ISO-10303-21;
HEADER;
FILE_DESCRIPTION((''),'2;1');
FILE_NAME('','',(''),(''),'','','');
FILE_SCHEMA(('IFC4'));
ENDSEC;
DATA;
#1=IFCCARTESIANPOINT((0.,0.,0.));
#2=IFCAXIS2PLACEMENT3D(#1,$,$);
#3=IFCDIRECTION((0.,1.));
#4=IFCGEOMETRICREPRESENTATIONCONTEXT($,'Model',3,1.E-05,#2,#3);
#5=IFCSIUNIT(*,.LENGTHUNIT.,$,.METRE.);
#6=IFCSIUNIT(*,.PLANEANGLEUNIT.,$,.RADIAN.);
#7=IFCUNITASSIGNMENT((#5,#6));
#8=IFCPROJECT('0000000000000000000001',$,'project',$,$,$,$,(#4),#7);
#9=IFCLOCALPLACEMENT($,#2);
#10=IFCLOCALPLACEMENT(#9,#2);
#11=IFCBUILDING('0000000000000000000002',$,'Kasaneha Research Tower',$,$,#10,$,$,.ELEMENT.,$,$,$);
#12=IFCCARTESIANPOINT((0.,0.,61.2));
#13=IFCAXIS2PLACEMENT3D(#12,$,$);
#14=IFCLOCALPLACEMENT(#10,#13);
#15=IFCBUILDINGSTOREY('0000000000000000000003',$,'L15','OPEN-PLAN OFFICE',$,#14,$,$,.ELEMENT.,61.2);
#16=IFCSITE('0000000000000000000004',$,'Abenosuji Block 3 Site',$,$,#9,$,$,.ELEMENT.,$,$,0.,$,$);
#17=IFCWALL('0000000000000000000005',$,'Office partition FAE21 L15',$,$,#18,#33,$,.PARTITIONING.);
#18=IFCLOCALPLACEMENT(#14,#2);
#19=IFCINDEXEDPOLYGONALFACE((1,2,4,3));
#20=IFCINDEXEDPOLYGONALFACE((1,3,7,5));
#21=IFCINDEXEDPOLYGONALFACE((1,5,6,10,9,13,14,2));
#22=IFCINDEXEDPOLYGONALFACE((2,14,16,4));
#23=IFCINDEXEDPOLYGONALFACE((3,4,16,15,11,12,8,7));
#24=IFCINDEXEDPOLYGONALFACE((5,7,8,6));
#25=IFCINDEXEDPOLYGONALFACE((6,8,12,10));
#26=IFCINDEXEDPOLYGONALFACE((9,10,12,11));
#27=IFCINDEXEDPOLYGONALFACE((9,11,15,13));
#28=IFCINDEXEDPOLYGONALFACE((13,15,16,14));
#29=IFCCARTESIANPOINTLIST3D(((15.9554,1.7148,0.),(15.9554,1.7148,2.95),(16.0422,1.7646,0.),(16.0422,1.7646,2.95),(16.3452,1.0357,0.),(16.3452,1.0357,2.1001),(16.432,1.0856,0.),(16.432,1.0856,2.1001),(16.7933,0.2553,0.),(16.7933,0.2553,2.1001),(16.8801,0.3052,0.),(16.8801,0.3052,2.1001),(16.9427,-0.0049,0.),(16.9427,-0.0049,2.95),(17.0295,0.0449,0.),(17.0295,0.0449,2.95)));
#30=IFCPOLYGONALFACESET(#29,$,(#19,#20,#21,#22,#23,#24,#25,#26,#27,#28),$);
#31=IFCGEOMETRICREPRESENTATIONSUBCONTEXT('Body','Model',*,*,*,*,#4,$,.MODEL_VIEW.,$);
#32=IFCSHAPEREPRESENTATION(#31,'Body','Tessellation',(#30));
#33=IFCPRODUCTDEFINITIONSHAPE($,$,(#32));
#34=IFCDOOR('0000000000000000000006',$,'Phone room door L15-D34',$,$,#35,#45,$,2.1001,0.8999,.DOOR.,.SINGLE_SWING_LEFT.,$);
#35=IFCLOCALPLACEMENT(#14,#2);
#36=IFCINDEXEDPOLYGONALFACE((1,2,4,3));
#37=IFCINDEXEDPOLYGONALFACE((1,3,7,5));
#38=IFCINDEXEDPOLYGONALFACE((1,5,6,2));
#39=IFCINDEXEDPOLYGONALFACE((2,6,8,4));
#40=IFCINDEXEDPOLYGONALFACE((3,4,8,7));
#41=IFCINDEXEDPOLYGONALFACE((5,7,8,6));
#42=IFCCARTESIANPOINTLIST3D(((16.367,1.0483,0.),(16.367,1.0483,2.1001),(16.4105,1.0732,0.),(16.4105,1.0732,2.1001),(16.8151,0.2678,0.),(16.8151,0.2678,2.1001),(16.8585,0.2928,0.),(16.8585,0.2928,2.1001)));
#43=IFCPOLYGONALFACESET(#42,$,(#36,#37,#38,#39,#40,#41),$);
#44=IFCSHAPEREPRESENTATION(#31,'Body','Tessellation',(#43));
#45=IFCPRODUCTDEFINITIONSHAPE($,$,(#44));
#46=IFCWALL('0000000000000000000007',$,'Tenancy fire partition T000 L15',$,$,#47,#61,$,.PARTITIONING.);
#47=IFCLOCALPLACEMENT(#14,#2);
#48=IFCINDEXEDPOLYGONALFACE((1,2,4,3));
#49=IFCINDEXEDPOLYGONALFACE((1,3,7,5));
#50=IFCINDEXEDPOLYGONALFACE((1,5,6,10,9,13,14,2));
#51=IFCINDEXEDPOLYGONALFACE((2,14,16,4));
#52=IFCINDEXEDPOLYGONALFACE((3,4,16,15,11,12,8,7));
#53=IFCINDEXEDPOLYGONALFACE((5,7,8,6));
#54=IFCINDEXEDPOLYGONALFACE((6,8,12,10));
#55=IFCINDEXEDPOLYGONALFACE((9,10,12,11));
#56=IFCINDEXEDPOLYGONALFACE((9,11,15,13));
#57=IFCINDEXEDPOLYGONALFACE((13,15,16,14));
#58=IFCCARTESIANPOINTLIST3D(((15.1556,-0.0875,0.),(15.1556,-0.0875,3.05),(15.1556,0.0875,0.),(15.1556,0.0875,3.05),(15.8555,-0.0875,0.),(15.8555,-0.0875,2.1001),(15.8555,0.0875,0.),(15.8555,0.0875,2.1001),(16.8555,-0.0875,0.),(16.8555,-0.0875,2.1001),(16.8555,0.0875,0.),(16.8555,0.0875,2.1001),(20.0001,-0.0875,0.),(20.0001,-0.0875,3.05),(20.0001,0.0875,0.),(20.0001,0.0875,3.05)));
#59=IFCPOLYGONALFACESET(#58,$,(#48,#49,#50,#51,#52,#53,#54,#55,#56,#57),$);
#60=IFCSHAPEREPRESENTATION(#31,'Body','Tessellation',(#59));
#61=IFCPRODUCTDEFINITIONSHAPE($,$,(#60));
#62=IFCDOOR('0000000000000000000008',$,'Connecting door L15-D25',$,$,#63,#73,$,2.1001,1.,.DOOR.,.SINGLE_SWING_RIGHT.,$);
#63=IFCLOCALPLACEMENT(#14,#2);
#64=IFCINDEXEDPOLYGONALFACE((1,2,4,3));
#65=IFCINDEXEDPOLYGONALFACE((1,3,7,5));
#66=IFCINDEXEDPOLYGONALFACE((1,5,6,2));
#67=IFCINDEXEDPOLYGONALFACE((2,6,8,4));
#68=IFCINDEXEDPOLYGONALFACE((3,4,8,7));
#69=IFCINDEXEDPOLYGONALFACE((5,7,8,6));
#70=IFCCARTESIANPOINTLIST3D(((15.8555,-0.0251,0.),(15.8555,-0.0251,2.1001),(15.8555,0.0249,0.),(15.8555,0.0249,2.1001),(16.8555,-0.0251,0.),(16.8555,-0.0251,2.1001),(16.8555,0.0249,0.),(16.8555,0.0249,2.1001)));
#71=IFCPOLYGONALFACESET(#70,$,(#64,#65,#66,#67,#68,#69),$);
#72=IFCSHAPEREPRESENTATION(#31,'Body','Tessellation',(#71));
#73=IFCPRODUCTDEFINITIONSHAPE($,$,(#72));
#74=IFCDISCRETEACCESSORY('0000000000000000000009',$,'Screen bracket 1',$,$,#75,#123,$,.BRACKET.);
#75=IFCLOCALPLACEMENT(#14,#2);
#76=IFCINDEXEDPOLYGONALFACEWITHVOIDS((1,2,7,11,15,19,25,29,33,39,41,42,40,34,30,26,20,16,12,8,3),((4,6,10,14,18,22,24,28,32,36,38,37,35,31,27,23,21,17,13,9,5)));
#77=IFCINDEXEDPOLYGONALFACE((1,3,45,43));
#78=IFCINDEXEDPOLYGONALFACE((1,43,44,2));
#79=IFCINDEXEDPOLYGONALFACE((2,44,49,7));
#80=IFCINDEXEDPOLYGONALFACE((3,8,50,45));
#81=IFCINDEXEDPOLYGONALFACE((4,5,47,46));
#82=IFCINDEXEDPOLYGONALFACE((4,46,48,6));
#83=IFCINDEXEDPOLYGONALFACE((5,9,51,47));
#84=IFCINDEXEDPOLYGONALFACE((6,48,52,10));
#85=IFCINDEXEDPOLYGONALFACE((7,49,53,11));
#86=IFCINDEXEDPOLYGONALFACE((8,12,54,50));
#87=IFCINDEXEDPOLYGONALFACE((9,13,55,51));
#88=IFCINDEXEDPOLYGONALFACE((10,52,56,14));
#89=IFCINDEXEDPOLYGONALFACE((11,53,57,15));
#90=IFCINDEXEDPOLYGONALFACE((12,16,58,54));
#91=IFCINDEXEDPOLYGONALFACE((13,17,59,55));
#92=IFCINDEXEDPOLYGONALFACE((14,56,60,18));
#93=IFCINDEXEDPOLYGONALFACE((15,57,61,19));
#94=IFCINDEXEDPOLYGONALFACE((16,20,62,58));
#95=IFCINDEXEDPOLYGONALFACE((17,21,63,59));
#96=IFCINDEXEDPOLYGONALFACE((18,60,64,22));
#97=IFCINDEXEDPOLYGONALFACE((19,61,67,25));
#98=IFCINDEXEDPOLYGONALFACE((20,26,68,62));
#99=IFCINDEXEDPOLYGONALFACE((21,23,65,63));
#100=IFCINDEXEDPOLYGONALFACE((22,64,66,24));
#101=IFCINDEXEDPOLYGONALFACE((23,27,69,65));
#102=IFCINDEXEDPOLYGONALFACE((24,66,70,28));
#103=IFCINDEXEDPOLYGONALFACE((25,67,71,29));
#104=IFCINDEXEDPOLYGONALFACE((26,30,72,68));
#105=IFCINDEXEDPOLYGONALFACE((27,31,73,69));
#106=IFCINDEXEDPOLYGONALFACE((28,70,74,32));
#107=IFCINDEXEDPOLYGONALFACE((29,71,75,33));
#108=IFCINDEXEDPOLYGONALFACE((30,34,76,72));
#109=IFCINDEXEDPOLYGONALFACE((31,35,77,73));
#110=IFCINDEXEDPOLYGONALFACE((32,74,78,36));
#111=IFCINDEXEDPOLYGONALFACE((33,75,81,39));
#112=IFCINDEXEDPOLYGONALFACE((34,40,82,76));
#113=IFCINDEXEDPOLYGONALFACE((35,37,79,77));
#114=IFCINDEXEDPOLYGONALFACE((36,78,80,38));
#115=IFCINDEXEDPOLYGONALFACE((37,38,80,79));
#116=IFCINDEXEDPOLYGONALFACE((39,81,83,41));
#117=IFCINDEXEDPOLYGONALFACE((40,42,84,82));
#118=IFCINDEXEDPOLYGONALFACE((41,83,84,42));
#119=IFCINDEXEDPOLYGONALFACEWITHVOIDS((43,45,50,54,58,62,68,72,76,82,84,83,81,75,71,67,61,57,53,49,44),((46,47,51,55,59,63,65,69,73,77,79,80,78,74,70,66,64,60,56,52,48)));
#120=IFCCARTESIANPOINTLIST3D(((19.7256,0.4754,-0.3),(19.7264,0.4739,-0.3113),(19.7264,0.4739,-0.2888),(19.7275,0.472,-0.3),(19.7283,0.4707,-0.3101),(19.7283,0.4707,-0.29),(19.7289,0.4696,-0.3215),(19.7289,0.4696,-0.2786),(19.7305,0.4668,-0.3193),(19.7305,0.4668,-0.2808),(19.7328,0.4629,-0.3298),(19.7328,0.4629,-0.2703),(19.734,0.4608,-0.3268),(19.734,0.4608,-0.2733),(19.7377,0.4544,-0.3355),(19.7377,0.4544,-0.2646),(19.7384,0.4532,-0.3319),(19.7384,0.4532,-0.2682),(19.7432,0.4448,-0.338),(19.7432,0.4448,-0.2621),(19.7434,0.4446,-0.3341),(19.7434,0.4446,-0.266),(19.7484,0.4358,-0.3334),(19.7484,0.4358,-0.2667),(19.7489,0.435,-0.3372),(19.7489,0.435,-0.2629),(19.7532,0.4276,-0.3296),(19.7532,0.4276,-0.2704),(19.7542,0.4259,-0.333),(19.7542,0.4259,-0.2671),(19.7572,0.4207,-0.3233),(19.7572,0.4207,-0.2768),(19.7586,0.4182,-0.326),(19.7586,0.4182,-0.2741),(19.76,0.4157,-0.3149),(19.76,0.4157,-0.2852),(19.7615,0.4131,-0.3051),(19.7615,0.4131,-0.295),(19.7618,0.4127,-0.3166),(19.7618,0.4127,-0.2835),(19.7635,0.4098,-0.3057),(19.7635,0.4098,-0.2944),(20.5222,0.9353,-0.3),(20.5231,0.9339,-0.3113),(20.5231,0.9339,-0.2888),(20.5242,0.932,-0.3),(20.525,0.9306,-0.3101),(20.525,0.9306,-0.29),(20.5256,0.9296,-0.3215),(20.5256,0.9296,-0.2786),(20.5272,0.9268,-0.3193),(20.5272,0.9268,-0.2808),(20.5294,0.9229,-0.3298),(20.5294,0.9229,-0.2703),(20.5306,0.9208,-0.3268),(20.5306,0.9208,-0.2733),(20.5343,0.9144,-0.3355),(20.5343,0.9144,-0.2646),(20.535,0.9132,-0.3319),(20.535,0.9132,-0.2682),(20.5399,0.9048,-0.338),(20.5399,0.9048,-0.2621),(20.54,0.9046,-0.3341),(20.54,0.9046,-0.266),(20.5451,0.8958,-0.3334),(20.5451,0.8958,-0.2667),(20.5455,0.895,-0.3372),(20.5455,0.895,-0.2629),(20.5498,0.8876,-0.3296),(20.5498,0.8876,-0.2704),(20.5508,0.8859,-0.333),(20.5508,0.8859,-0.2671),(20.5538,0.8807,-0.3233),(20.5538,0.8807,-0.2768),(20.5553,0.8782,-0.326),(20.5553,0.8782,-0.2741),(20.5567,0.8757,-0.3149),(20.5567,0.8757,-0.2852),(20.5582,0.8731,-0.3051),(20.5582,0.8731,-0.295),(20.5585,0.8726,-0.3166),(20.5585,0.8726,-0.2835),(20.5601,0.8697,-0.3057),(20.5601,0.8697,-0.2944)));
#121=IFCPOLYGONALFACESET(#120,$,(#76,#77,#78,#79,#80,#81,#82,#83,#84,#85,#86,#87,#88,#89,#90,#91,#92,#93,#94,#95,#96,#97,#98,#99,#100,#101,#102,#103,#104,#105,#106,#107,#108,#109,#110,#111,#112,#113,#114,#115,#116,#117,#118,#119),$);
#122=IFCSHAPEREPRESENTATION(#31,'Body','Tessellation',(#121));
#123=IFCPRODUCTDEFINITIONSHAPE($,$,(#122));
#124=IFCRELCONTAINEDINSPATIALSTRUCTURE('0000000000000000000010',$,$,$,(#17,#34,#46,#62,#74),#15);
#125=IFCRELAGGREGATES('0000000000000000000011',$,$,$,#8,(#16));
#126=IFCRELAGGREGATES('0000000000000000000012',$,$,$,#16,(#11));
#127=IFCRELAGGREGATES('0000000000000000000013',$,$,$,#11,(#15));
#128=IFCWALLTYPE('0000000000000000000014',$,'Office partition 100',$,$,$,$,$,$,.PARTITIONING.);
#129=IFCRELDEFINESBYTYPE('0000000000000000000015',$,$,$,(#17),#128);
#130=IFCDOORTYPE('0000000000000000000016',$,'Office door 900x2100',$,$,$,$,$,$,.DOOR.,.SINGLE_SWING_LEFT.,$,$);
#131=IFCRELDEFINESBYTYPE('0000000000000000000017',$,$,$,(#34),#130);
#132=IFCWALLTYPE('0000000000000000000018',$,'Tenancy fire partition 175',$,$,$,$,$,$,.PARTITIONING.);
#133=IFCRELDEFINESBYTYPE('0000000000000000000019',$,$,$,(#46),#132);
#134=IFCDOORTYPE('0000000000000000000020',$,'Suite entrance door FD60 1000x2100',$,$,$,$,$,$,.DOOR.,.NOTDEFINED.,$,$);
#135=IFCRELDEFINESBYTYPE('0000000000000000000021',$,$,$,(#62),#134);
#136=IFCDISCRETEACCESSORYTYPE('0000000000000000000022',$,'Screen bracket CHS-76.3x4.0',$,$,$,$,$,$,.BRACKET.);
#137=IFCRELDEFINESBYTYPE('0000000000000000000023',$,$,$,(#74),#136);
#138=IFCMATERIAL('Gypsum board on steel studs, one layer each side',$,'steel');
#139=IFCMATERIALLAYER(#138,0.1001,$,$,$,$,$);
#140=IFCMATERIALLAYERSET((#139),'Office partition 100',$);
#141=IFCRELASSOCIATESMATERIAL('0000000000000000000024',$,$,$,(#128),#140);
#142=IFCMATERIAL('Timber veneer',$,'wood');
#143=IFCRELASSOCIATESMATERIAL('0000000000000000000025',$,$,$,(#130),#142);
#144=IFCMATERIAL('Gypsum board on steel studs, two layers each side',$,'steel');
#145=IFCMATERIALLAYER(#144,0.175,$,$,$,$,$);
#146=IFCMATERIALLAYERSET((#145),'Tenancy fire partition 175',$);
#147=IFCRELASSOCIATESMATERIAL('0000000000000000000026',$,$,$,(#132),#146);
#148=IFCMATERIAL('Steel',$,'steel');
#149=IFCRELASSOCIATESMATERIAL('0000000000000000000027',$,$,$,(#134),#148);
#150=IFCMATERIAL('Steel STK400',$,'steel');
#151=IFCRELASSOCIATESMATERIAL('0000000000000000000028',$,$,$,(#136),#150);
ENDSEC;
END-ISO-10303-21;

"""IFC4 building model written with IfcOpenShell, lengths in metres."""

from ifc_helpers import new_model, si_unit, direction, frame, frame_2d, origin, origin_2d, place, context, subcontext, project, spatial, rectangle, hollow_circle, extrude, material, layer, layer_set, material_profile, profile_set, type_object, element, fill, save


model = new_model("IFC4")

# Units and contexts
model_context = context("Model", 3, precision=1e-05, world=origin(), true_north=direction((0.0, 1.0)))
body_context = subcontext(model_context, "Body", "Model", "MODEL_VIEW")
ifc_project = project(units=[si_unit("LENGTHUNIT", "METRE"), si_unit("PLANEANGLEUNIT", "RADIAN")], contexts=[model_context])

# Site, building, storey
site_placement = place(None, origin())
site = spatial("IfcSite", under=ifc_project, at=site_placement, Name="Abenosuji Block 3 Site", CompositionType="ELEMENT", RefElevation=0.0)
building_placement = place(site_placement, origin())
building = spatial("IfcBuilding", under=site, at=building_placement, Name="Kasaneha Research Tower", CompositionType="ELEMENT")
storey_placement = place(building_placement, frame((0.0, 0.0, 61.2)))
storey = spatial("IfcBuildingStorey", under=building, at=storey_placement, Name="L15", Description="OPEN-PLAN OFFICE", CompositionType="ELEMENT", Elevation=61.2)

# Walls, openings, doors
ifc_material_1 = material(Name="Gypsum board on steel studs, one layer each side", Category="steel")
ifc_layer_1 = layer(ifc_material_1, 0.1001)
ifc_layer_set_1 = layer_set([ifc_layer_1], Name="Office partition 100")
wall_type_1 = type_object("IfcWallType", Name="Office partition 100", PredefinedType="PARTITIONING", material=ifc_layer_set_1)
ifc_material_2 = material(Name="Timber veneer", Category="wood")
door_type_1 = type_object("IfcDoorType", Name="Office door 900x2100", OperationType="SINGLE_SWING_LEFT", PredefinedType="DOOR", material=ifc_material_2)
wall_1_placement = place(storey_placement, frame((16.9861, 0.02, 0.0), z_axis=(0.0, 0.0, 1.0), x_axis=(-0.497888, 0.867241, 0.0)))
wall_1 = element("IfcWall", 1, at=wall_1_placement, inside=storey, type_object=wall_type_1, Name="Office partition FAE21 L15", PredefinedType="PARTITIONING", context=body_context, shape_type="SweptSolid", body=[
    extrude(rectangle(XDim=1.9829, YDim=0.1001, at=frame_2d((0.9915, 0.0))), origin(), (0.0, 0.0, 1.0), 2.95),
])
opening_1_placement = place(wall_1_placement, frame((0.3, 0.0, 0.0)))
opening_1 = element("IfcOpeningElement", 2, at=opening_1_placement, cuts=wall_1, PredefinedType="OPENING", context=body_context, shape_type="SweptSolid", body=[
    extrude(rectangle(XDim=0.8999, YDim=2.1001, at=frame_2d((0.45, 1.05))), frame((0.0, 0.0601, 0.0), z_axis=(0.0, -1.0, 0.0), x_axis=(1.0, 0.0, 0.0)), (0.0, 0.0, 1.0), 0.1201),
])
door_1_placement = place(opening_1_placement, origin())
door_1 = element("IfcDoor", 3, at=door_1_placement, inside=storey, type_object=door_type_1, Name="Phone room door L15-D34", OperationType="SINGLE_SWING_LEFT", OverallHeight=2.1001, OverallWidth=0.8999, PredefinedType="DOOR", context=body_context, shape_type="SweptSolid", body=[
    extrude(rectangle(XDim=0.8999, YDim=2.1001, at=frame_2d((0.45, 1.05))), frame((0.0, 0.0249, 0.0), z_axis=(0.0, -1.0, 0.0), x_axis=(1.0, 0.0, 0.0)), (0.0, 0.0, 1.0), 0.05),
])
fill(opening_1, door_1)
ifc_material_3 = material(Name="Gypsum board on steel studs, two layers each side", Category="steel")
ifc_layer_2 = layer(ifc_material_3, 0.175)
ifc_layer_set_2 = layer_set([ifc_layer_2], Name="Tenancy fire partition 175")
wall_type_2 = type_object("IfcWallType", Name="Tenancy fire partition 175", PredefinedType="PARTITIONING", material=ifc_layer_set_2)
wall_2_placement = place(storey_placement, frame((15.1555, 0.0, 0.0), z_axis=(0.0, 0.0, 1.0), x_axis=(1.0, 0.0, 0.0)))
wall_2 = element("IfcWall", 4, at=wall_2_placement, inside=storey, type_object=wall_type_2, Name="Tenancy fire partition T000 L15", PredefinedType="PARTITIONING", context=body_context, shape_type="SweptSolid", body=[
    extrude(rectangle(XDim=4.8445, YDim=0.175, at=frame_2d((2.4224, 0.0))), origin(), (0.0, 0.0, 1.0), 3.05),
])
opening_2_placement = place(wall_2_placement, frame((0.7, 0.0, 0.0)))
opening_2 = element("IfcOpeningElement", 5, at=opening_2_placement, cuts=wall_2, PredefinedType="OPENING", context=body_context, shape_type="SweptSolid", body=[
    extrude(rectangle(XDim=1.0, YDim=2.1001, at=frame_2d((0.5, 1.05))), frame((0.0, 0.0977, 0.0), z_axis=(0.0, -1.0, 0.0), x_axis=(1.0, 0.0, 0.0)), (0.0, 0.0, 1.0), 0.1951),
])
ifc_material_4 = material(Name="Steel", Category="steel")
door_type_2 = type_object("IfcDoorType", Name="Suite entrance door FD60 1000x2100", OperationType="NOTDEFINED", PredefinedType="DOOR", material=ifc_material_4)
door_2_placement = place(opening_2_placement, origin())
door_2 = element("IfcDoor", 6, at=door_2_placement, inside=storey, type_object=door_type_2, Name="Connecting door L15-D25", OperationType="SINGLE_SWING_RIGHT", OverallHeight=2.1001, OverallWidth=1.0, PredefinedType="DOOR", context=body_context, shape_type="SweptSolid", body=[
    extrude(rectangle(XDim=1.0, YDim=2.1001, at=frame_2d((0.5, 1.05))), frame((0.0, 0.0249, 0.0), z_axis=(0.0, -1.0, 0.0), x_axis=(1.0, 0.0, 0.0)), (0.0, 0.0, 1.0), 0.05),
])
fill(opening_2, door_2)

# Discrete accessory
ifc_material_5 = material(Name="Steel STK400", Category="steel")
ifc_material_profile_1 = material_profile(ifc_material_5, hollow_circle(Radius=0.0381, WallThickness=0.0039, at=origin_2d()), Name="CHS-76.3x4.0")
ifc_profile_set_1 = profile_set([ifc_material_profile_1], Name="Steel STK400")
discrete_accessory_type = type_object("IfcDiscreteAccessoryType", Name="Screen bracket CHS-76.3x4.0", PredefinedType="BRACKET", material=ifc_profile_set_1)
discrete_accessory_placement = place(storey_placement, frame((19.7446, 0.4424, -0.3), z_axis=(0.866013, 0.500021, 0.0), x_axis=(-0.500021, 0.866013, 0.0)))
element("IfcDiscreteAccessory", 7, at=discrete_accessory_placement, inside=storey, type_object=discrete_accessory_type, Name="Screen bracket 1", PredefinedType="BRACKET", context=body_context, shape_type="SweptSolid", body=[
    extrude(hollow_circle(Radius=0.0381, WallThickness=0.0039, at=origin_2d()), origin(), (0.0, 0.0, 1.0), 0.9199),
])

save(model, "model.ifc")
